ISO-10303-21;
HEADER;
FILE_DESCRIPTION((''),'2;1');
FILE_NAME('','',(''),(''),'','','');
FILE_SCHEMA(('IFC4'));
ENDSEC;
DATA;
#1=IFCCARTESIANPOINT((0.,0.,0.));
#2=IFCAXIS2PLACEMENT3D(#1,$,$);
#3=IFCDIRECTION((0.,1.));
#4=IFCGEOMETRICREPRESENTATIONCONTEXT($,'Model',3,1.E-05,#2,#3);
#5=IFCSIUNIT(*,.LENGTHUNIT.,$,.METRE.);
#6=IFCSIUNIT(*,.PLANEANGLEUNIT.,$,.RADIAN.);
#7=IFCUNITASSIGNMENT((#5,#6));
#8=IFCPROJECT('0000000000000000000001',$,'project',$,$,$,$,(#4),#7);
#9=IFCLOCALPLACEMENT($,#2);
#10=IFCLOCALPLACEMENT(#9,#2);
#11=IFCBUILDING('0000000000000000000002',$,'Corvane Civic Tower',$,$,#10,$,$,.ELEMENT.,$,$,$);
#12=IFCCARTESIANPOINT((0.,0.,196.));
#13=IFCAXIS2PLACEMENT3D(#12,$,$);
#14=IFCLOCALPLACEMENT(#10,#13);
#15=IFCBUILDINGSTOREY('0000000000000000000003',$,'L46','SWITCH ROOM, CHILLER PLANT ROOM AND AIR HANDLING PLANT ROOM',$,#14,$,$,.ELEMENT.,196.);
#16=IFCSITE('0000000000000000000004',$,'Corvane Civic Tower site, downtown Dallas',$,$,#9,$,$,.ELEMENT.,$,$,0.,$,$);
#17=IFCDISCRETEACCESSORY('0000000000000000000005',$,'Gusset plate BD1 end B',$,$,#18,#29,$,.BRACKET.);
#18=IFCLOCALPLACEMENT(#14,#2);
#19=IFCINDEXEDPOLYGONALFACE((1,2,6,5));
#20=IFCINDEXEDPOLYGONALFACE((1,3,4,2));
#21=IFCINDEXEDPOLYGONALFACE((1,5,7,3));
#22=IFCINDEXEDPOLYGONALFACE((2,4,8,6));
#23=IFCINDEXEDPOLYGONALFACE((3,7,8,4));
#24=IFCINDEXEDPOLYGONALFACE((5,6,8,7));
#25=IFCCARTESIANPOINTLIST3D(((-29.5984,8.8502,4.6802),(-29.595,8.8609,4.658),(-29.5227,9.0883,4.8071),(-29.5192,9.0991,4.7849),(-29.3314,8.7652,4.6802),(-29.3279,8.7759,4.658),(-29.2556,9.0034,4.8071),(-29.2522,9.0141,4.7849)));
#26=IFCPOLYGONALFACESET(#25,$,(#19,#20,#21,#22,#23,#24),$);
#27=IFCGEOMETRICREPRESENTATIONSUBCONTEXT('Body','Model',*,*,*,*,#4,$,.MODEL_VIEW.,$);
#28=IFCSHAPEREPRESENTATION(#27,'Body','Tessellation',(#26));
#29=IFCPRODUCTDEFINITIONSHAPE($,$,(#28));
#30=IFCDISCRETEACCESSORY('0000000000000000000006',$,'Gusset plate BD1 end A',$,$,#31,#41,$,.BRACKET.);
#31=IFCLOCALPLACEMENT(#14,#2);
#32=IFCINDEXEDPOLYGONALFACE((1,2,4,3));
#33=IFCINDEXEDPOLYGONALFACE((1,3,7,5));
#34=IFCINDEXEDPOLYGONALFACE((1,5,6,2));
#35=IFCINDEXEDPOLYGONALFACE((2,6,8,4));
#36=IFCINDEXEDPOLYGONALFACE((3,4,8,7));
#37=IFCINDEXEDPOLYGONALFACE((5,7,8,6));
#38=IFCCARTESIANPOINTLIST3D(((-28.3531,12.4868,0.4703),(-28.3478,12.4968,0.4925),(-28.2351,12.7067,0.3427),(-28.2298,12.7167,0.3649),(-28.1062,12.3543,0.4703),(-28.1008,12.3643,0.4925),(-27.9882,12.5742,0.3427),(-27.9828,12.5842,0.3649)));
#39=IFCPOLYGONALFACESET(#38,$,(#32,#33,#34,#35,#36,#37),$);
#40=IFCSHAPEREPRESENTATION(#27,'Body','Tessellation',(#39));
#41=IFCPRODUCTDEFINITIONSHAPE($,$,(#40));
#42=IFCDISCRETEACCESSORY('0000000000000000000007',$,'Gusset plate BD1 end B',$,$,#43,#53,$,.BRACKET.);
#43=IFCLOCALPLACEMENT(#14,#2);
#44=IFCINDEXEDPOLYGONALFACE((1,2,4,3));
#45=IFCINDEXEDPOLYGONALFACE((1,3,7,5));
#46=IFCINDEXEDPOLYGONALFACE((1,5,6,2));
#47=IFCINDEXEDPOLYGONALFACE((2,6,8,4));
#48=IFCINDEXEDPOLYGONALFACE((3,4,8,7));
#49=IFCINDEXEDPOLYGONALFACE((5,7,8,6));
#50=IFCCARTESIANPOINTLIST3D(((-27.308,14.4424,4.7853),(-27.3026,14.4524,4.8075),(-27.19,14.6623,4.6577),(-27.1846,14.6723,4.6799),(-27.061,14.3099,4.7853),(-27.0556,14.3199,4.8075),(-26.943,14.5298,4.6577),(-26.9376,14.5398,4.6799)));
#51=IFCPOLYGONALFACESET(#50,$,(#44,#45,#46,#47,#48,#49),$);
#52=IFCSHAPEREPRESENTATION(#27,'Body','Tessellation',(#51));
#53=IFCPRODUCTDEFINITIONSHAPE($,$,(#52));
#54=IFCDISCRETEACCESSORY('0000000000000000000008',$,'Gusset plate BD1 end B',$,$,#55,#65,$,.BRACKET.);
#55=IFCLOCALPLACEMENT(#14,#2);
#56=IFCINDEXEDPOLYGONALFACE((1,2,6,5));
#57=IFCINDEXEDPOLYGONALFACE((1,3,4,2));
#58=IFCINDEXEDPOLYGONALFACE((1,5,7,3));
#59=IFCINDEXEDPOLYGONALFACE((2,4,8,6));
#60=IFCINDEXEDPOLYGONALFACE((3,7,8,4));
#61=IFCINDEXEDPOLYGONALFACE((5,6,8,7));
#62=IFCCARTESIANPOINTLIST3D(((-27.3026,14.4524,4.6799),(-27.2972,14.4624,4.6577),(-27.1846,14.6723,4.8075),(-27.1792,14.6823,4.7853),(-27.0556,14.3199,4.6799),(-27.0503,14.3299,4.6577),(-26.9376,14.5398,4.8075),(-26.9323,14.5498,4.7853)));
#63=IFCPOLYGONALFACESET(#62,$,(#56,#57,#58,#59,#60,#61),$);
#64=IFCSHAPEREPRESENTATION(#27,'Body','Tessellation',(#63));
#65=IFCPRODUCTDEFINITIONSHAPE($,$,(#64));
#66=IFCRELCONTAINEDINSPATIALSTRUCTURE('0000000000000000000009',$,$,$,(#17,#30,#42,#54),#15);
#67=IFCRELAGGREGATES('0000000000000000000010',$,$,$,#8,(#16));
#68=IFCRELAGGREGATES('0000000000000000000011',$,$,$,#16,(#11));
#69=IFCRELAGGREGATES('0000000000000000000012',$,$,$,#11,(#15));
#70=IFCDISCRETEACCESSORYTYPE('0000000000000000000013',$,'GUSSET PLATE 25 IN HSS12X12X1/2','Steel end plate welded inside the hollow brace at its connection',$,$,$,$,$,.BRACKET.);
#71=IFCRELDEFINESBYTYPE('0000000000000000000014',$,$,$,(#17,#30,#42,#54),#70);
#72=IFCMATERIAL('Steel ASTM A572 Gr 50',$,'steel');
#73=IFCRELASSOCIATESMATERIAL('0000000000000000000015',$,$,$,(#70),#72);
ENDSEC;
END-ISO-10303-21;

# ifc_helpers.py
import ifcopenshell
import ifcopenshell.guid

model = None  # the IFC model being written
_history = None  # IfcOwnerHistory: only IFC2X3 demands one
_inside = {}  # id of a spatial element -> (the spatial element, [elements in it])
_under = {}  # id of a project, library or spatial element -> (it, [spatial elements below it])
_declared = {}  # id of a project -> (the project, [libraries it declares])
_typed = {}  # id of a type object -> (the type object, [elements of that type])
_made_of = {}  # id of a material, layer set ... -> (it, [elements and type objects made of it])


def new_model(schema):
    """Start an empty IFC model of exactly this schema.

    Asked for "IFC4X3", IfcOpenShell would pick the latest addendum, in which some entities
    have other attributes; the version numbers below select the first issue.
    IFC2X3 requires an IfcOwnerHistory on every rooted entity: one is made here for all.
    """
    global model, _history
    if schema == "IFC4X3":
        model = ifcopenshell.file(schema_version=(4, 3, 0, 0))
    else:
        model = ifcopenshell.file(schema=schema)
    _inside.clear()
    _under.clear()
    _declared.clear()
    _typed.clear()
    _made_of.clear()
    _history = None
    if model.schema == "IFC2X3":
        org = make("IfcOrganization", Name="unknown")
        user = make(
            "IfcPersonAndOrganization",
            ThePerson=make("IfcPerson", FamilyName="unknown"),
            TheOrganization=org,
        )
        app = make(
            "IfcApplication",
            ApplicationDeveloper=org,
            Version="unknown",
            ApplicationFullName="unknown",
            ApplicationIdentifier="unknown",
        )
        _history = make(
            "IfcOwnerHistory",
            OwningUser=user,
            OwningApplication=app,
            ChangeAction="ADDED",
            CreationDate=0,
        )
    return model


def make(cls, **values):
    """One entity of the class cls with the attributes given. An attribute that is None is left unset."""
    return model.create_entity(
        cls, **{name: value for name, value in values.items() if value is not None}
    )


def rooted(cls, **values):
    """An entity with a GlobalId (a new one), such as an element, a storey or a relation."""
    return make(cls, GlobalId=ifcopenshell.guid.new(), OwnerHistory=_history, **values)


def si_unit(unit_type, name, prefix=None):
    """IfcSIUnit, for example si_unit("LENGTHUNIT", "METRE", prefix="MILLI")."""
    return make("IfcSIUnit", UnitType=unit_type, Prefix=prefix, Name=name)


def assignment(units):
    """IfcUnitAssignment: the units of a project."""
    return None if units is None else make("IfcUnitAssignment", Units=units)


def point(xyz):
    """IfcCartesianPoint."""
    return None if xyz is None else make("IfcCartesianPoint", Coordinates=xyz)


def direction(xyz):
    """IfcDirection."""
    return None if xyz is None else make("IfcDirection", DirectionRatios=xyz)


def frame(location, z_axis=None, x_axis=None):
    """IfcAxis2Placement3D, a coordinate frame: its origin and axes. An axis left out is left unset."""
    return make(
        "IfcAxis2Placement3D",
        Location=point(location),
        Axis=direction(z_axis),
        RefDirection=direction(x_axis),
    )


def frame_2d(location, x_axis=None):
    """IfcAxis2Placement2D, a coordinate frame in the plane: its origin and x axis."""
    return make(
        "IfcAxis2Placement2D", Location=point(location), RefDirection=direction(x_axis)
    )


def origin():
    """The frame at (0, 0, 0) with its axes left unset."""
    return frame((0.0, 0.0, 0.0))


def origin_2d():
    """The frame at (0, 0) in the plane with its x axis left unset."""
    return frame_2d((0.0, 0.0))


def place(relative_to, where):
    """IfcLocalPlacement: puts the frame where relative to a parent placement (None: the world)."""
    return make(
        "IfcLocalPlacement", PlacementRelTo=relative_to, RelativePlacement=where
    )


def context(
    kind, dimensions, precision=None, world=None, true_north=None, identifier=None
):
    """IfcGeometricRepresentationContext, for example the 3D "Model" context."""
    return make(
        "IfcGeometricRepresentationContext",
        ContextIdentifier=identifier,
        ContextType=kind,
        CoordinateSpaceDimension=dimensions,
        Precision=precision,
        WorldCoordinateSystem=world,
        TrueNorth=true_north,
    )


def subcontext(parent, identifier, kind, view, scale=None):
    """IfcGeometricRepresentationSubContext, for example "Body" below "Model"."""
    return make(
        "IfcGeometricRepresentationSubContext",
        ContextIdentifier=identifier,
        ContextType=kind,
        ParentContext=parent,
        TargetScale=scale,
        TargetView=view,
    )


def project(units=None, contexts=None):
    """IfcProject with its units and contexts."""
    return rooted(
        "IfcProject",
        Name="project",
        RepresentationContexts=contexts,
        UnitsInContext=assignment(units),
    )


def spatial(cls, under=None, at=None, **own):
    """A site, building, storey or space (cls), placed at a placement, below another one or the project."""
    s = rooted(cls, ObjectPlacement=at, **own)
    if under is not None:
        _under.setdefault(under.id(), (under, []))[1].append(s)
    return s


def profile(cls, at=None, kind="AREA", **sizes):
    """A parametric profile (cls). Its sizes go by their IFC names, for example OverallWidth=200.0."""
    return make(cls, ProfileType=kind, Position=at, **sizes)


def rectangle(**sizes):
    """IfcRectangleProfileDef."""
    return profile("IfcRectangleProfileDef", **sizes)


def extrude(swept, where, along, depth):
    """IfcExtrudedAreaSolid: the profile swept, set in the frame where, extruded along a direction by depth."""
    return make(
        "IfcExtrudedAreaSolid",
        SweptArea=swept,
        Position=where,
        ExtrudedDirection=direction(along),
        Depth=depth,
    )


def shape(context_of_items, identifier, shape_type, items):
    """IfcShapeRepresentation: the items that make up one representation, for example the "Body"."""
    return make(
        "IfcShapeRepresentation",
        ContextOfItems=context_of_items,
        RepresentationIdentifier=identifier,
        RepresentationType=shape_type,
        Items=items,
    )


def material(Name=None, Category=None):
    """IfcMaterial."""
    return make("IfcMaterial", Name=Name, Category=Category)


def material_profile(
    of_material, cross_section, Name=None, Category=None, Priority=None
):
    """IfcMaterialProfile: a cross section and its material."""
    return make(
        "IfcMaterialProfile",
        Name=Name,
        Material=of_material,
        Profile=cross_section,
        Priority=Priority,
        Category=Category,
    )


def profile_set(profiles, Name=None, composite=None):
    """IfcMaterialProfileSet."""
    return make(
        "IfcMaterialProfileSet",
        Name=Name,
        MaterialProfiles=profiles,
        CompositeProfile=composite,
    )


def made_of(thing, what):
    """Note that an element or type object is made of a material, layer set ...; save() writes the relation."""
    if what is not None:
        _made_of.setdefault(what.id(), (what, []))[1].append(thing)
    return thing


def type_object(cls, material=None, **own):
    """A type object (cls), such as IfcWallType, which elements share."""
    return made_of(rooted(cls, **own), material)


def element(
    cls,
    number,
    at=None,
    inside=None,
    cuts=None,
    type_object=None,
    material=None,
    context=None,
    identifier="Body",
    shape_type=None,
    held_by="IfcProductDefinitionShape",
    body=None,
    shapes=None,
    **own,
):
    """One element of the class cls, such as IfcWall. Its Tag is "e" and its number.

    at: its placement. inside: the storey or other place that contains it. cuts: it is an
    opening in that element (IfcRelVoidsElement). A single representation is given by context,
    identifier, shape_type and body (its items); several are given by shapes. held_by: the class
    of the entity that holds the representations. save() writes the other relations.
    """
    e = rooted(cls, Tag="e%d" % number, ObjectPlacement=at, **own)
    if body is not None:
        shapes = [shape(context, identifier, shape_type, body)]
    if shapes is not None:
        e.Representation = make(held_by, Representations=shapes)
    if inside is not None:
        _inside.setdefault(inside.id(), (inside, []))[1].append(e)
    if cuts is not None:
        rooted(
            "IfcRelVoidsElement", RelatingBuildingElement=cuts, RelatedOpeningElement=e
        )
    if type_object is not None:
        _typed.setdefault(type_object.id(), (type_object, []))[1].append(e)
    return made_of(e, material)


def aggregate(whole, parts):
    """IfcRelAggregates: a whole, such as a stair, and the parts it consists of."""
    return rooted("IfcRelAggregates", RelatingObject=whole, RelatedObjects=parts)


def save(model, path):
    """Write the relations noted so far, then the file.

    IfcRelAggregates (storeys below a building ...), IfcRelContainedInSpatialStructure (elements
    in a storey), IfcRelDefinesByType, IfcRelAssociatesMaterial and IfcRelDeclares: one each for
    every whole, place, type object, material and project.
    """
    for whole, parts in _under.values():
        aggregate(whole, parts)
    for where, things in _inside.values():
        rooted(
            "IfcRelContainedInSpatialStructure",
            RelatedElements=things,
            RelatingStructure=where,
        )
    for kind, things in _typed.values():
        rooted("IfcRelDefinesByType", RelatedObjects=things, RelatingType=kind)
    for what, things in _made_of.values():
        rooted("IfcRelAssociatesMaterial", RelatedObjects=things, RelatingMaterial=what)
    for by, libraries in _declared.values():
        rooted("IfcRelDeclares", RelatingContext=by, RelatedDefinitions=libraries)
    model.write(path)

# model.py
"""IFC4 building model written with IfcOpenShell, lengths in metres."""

from ifc_helpers import new_model, si_unit, direction, frame, origin, origin_2d, place, context, subcontext, project, spatial, rectangle, extrude, material, material_profile, profile_set, type_object, element, save


model = new_model("IFC4")

# Units and contexts
model_context = context("Model", 3, precision=1e-05, world=origin(), true_north=direction((0.0, 1.0)))
body_context = subcontext(model_context, "Body", "Model", "MODEL_VIEW")
ifc_project = project(units=[si_unit("LENGTHUNIT", "METRE"), si_unit("PLANEANGLEUNIT", "RADIAN")], contexts=[model_context])

# Site, building, storey
site_placement = place(None, origin())
site = spatial("IfcSite", under=ifc_project, at=site_placement, Name="Corvane Civic Tower site, downtown Dallas", CompositionType="ELEMENT", RefElevation=0.0)
building_placement = place(site_placement, origin())
building = spatial("IfcBuilding", under=site, at=building_placement, Name="Corvane Civic Tower", CompositionType="ELEMENT")
storey_placement = place(building_placement, frame((0.0, 0.0, 196.0)))
storey = spatial("IfcBuildingStorey", under=building, at=storey_placement, Name="L46", Description="SWITCH ROOM, CHILLER PLANT ROOM AND AIR HANDLING PLANT ROOM", CompositionType="ELEMENT", Elevation=196.0)

# Discrete accessories
ifc_material_1 = material(Name="Steel ASTM A572 Gr 50", Category="steel")
ifc_material_profile_1 = material_profile(ifc_material_1, rectangle(XDim=0.2803, YDim=0.2803, at=origin_2d()), Name="GUSSET PLATE 25 IN HSS12X12X1/2")
ifc_profile_set_1 = profile_set([ifc_material_profile_1], Name="Steel ASTM A572 Gr 50")
discrete_accessory_type = type_object("IfcDiscreteAccessoryType", Name="GUSSET PLATE 25 IN HSS12X12X1/2", Description="Steel end plate welded inside the hollow brace at its connection", PredefinedType="BRACKET", material=ifc_profile_set_1)
for number, where, z_axis, x_axis, name in (
    (1, (-29.427, 8.9268, 4.7437), (0.137196, 0.431186, -0.891771), (-0.952926, 0.303204, 0.0), "Gusset plate BD1 end B"),
    (2, (-28.1707, 12.5305, 0.4065), (0.215252, 0.401152, 0.890362), (-0.88116, 0.472818, 0.0), "Gusset plate BD1 end A"),
    (3, (-27.1201, 14.4961, 4.7437), (-0.215252, -0.401152, -0.890362), (0.88116, -0.472818, 0.0), "Gusset plate BD1 end B"),
    (4, (-27.1201, 14.4961, 4.7437), (0.215252, 0.401152, -0.890362), (-0.88116, 0.472818, 0.0), "Gusset plate BD1 end B"),
):
    element("IfcDiscreteAccessory", number, at=place(storey_placement, frame(where, z_axis=z_axis, x_axis=x_axis)), inside=storey, type_object=discrete_accessory_type, Name=name, PredefinedType="BRACKET", context=body_context, shape_type="SweptSolid", body=[
        extrude(rectangle(XDim=0.2803, YDim=0.2803, at=origin_2d()), origin(), (0.0, 0.0, 1.0), 0.0249),
    ])

save(model, "model.ifc")
